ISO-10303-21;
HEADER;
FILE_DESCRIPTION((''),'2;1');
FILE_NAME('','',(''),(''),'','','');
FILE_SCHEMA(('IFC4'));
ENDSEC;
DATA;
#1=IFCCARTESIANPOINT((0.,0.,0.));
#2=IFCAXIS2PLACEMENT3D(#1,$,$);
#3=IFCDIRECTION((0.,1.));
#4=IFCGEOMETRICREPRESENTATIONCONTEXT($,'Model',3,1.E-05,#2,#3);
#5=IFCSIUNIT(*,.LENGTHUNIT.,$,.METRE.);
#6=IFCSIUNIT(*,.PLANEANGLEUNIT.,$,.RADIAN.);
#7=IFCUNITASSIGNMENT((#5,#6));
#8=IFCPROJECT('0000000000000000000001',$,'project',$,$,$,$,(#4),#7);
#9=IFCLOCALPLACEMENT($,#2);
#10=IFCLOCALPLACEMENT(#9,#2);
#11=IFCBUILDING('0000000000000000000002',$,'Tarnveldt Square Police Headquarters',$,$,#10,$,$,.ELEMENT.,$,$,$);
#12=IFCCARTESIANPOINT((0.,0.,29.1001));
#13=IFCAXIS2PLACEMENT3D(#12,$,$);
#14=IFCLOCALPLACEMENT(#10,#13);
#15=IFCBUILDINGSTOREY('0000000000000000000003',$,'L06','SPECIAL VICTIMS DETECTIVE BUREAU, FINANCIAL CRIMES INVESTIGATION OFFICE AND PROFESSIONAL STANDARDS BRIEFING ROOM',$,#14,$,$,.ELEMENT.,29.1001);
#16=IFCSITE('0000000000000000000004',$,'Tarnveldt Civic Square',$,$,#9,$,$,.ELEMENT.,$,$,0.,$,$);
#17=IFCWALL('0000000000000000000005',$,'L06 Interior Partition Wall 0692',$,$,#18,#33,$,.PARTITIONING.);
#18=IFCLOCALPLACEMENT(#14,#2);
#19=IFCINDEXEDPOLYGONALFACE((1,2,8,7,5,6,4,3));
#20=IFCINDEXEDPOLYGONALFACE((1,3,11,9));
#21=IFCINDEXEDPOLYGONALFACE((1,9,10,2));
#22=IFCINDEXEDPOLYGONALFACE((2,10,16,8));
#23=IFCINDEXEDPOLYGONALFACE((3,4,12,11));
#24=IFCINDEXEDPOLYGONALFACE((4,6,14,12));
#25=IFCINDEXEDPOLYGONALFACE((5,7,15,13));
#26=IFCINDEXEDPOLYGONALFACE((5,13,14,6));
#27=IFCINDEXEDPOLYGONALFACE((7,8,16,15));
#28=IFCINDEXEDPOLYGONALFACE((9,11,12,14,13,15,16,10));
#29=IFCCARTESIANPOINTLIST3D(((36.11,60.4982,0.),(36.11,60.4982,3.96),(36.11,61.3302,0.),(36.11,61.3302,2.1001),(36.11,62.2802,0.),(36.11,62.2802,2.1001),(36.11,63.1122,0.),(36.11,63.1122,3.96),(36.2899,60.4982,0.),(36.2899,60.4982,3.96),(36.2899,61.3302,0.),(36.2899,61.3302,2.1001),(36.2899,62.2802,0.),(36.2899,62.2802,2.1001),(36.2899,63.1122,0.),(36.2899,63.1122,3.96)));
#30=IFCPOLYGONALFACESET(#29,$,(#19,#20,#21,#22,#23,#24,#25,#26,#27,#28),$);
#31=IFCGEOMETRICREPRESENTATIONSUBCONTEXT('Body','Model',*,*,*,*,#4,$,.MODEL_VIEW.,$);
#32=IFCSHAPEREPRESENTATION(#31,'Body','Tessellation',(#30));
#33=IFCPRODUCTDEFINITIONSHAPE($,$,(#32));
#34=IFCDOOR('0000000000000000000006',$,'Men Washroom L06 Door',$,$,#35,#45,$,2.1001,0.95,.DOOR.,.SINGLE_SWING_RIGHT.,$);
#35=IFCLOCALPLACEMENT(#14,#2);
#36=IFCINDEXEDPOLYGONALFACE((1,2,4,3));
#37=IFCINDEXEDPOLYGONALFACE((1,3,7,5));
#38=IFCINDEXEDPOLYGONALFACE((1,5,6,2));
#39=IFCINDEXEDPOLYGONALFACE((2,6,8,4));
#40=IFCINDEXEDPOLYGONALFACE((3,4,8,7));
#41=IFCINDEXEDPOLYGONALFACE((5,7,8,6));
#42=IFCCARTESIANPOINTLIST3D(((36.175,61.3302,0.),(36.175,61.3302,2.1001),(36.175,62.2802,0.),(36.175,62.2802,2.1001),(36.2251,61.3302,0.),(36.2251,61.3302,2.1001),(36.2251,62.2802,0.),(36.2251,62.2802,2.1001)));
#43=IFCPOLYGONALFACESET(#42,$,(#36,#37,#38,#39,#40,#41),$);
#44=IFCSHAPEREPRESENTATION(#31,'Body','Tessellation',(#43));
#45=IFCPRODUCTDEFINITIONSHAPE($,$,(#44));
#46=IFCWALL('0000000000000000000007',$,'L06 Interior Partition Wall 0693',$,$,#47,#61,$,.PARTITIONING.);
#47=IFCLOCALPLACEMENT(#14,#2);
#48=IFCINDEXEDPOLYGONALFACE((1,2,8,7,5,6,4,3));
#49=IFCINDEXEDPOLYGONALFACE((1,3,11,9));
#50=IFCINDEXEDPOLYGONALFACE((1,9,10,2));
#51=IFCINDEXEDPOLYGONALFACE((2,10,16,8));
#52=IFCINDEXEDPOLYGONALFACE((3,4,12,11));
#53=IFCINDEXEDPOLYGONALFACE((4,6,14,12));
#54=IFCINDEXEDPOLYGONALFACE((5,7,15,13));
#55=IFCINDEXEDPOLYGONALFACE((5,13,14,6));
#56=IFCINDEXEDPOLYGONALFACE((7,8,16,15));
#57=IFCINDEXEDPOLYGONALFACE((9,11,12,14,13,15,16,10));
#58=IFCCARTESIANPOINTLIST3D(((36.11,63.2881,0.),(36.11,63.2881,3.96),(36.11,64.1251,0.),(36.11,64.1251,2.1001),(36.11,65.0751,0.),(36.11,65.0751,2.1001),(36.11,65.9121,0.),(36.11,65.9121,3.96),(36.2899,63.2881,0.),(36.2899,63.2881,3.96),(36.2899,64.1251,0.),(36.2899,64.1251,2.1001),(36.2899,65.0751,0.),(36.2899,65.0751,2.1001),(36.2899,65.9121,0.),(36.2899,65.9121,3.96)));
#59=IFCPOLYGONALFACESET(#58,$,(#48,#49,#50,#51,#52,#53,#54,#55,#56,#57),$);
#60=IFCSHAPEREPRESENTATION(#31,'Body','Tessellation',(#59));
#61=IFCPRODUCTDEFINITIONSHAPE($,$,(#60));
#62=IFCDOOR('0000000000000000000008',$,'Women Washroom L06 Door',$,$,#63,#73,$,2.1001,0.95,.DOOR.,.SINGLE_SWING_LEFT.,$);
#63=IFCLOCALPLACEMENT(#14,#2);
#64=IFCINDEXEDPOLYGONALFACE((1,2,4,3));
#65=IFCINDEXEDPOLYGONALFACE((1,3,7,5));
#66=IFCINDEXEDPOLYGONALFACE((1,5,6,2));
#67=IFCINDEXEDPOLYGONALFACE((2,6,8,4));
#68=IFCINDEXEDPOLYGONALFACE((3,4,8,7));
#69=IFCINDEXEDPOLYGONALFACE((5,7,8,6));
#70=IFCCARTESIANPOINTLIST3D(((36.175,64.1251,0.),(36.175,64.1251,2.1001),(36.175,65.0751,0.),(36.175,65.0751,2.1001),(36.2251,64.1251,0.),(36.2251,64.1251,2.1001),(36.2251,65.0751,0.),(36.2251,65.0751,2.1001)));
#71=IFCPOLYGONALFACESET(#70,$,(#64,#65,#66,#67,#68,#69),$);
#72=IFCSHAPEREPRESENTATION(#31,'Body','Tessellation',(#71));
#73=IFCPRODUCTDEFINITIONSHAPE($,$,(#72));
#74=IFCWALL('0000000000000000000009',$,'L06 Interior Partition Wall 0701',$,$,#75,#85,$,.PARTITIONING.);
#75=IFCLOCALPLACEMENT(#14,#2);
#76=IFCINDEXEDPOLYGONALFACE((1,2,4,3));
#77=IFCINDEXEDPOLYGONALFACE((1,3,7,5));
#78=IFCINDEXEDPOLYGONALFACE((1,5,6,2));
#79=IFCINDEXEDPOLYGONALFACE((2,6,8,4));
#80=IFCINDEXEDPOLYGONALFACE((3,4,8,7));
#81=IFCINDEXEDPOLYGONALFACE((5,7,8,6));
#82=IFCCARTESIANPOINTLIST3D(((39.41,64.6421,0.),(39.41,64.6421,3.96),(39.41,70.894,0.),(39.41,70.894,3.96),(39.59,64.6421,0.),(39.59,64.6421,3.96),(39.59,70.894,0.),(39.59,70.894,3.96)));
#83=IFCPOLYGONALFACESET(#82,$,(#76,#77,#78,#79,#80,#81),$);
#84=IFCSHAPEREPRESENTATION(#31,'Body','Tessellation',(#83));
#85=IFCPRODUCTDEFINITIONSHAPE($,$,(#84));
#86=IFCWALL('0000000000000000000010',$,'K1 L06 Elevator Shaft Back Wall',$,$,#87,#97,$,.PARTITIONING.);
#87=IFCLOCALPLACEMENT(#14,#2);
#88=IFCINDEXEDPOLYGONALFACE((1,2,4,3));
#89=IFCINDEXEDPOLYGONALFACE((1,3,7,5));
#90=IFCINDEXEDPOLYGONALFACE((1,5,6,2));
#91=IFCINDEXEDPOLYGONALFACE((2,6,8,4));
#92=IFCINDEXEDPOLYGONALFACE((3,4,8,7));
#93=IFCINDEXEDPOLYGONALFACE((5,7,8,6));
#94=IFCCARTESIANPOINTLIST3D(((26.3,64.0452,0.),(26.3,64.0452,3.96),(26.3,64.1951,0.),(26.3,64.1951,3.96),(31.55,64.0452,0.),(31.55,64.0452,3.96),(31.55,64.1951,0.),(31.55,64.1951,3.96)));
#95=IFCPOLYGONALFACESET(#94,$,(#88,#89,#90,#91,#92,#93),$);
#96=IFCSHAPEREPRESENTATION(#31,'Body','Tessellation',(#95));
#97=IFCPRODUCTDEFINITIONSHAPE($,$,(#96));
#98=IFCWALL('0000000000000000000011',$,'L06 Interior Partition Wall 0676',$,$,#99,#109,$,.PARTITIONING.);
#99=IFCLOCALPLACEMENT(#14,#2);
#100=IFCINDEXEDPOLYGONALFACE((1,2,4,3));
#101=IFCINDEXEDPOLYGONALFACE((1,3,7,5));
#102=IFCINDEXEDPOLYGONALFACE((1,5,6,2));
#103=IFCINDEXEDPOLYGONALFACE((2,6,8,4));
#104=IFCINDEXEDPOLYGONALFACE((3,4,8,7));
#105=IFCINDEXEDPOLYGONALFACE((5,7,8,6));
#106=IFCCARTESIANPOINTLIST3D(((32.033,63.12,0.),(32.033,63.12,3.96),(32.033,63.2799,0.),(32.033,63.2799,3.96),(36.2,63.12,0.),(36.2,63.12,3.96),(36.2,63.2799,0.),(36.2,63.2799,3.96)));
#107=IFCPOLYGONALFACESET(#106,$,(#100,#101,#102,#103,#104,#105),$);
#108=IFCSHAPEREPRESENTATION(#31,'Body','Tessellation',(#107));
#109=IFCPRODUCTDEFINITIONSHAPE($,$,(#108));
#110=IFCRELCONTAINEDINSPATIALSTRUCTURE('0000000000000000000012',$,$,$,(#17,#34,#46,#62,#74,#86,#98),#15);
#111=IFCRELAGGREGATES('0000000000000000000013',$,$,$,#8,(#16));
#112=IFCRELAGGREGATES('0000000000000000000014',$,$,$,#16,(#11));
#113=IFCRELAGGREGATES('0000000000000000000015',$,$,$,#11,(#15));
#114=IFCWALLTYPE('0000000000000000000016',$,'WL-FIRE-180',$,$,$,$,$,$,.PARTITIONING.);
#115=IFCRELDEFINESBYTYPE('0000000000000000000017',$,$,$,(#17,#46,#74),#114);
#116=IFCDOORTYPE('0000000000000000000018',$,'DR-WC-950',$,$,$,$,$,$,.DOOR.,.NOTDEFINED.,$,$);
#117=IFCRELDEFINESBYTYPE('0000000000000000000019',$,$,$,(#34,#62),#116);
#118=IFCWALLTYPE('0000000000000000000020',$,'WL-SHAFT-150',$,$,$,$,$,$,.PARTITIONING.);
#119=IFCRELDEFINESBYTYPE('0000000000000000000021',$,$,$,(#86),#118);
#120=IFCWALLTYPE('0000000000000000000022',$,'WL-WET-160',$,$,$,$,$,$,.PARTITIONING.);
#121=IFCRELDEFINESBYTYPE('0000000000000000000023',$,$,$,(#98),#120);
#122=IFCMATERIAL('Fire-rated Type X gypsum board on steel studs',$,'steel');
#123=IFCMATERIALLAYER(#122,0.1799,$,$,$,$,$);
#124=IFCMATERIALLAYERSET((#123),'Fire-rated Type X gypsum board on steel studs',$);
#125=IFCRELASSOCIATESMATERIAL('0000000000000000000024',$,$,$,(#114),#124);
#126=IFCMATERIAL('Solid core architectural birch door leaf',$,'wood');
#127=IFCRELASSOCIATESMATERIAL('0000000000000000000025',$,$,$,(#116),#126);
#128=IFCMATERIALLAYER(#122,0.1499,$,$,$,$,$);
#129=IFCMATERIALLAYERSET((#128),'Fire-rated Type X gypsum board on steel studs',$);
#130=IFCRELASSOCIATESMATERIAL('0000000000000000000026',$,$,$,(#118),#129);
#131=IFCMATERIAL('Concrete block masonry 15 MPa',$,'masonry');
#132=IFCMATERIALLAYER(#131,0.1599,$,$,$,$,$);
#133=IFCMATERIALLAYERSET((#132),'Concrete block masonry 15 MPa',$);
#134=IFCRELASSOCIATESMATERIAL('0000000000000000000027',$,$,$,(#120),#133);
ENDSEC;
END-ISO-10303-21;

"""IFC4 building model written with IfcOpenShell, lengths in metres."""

from ifc_helpers import new_model, si_unit, direction, frame, frame_2d, origin, place, context, subcontext, project, spatial, rectangle, extrude, material, layer, layer_set, type_object, element, fill, save


model = new_model("IFC4")

# Units and contexts
model_context = context("Model", 3, precision=1e-05, world=origin(), true_north=direction((0.0, 1.0)))
body_context = subcontext(model_context, "Body", "Model", "MODEL_VIEW")
ifc_project = project(units=[si_unit("LENGTHUNIT", "METRE"), si_unit("PLANEANGLEUNIT", "RADIAN")], contexts=[model_context])

# Site, building, storey
site_placement = place(None, origin())
site = spatial("IfcSite", under=ifc_project, at=site_placement, Name="Tarnveldt Civic Square", CompositionType="ELEMENT", RefElevation=0.0)
building_placement = place(site_placement, origin())
building = spatial("IfcBuilding", under=site, at=building_placement, Name="Tarnveldt Square Police Headquarters", CompositionType="ELEMENT")
storey_placement = place(building_placement, frame((0.0, 0.0, 29.1001)))
storey = spatial("IfcBuildingStorey", under=building, at=storey_placement, Name="L06", Description="SPECIAL VICTIMS DETECTIVE BUREAU, FINANCIAL CRIMES INVESTIGATION OFFICE AND PROFESSIONAL STANDARDS BRIEFING ROOM", CompositionType="ELEMENT", Elevation=29.1001)

# Shared definitions
ifc_material_1 = material(Name="Fire-rated Type X gypsum board on steel studs", Category="steel")
ifc_layer_1 = layer(ifc_material_1, 0.1799)
ifc_layer_set_1 = layer_set([ifc_layer_1], Name="Fire-rated Type X gypsum board on steel studs")
wall_type_1 = type_object("IfcWallType", Name="WL-FIRE-180", PredefinedType="PARTITIONING", material=ifc_layer_set_1)

# Walls, openings, doors
wall_1_placement = place(storey_placement, frame((36.2, 60.498, 0.0), z_axis=(0.0, 0.0, 1.0), x_axis=(0.0, 1.0, 0.0)))
wall_1 = element("IfcWall", 1, at=wall_1_placement, inside=storey, type_object=wall_type_1, Name="L06 Interior Partition Wall 0692", PredefinedType="PARTITIONING", context=body_context, shape_type="SweptSolid", body=[
    extrude(rectangle(XDim=2.614, YDim=0.1799, at=frame_2d((1.3071, 0.0))), origin(), (0.0, 0.0, 1.0), 3.96),
])
opening_1_placement = place(wall_1_placement, frame((0.832, 0.0, 0.0)))
opening_1 = element("IfcOpeningElement", 2, at=opening_1_placement, cuts=wall_1, PredefinedType="OPENING", context=body_context, shape_type="SweptSolid", body=[
    extrude(rectangle(XDim=0.95, YDim=2.1001, at=frame_2d((0.4751, 1.05))), frame((0.0, 0.0999, 0.0), z_axis=(0.0, -1.0, 0.0), x_axis=(1.0, 0.0, 0.0)), (0.0, 0.0, 1.0), 0.2),
])
ifc_material_2 = material(Name="Solid core architectural birch door leaf", Category="wood")
door_type = type_object("IfcDoorType", Name="DR-WC-950", OperationType="NOTDEFINED", PredefinedType="DOOR", material=ifc_material_2)
door_1_placement = place(opening_1_placement, origin())
door_1 = element("IfcDoor", 3, at=door_1_placement, inside=storey, type_object=door_type, Name="Men Washroom L06 Door", OperationType="SINGLE_SWING_RIGHT", OverallHeight=2.1001, OverallWidth=0.95, PredefinedType="DOOR", context=body_context, shape_type="SweptSolid", body=[
    extrude(rectangle(XDim=0.95, YDim=2.1001, at=frame_2d((0.4751, 1.05))), frame((0.0, 0.0249, 0.0), z_axis=(0.0, -1.0, 0.0), x_axis=(1.0, 0.0, 0.0)), (0.0, 0.0, 1.0), 0.05),
])
fill(opening_1, door_1)
wall_2_placement = place(storey_placement, frame((36.2, 63.2881, 0.0), z_axis=(0.0, 0.0, 1.0), x_axis=(0.0, 1.0, 0.0)))
wall_2 = element("IfcWall", 4, at=wall_2_placement, inside=storey, type_object=wall_type_1, Name="L06 Interior Partition Wall 0693", PredefinedType="PARTITIONING", context=body_context, shape_type="SweptSolid", body=[
    extrude(rectangle(XDim=2.624, YDim=0.1799, at=frame_2d((1.312, 0.0))), origin(), (0.0, 0.0, 1.0), 3.96),
])
opening_2_placement = place(wall_2_placement, frame((0.8369, 0.0, 0.0)))
opening_2 = element("IfcOpeningElement", 5, at=opening_2_placement, cuts=wall_2, PredefinedType="OPENING", context=body_context, shape_type="SweptSolid", body=[
    extrude(rectangle(XDim=0.95, YDim=2.1001, at=frame_2d((0.4751, 1.05))), frame((0.0, 0.0999, 0.0), z_axis=(0.0, -1.0, 0.0), x_axis=(1.0, 0.0, 0.0)), (0.0, 0.0, 1.0), 0.2),
])
door_2_placement = place(opening_2_placement, origin())
door_2 = element("IfcDoor", 6, at=door_2_placement, inside=storey, type_object=door_type, Name="Women Washroom L06 Door", OperationType="SINGLE_SWING_LEFT", OverallHeight=2.1001, OverallWidth=0.95, PredefinedType="DOOR", context=body_context, shape_type="SweptSolid", body=[
    extrude(rectangle(XDim=0.95, YDim=2.1001, at=frame_2d((0.4751, 1.05))), frame((0.0, 0.0249, 0.0), z_axis=(0.0, -1.0, 0.0), x_axis=(1.0, 0.0, 0.0)), (0.0, 0.0, 1.0), 0.05),
])
fill(opening_2, door_2)

# Walls
wall_3_placement = place(storey_placement, frame((39.5, 64.6421, 0.0), z_axis=(0.0, 0.0, 1.0), x_axis=(0.0, 1.0, 0.0)))
element("IfcWall", 7, at=wall_3_placement, inside=storey, type_object=wall_type_1, Name="L06 Interior Partition Wall 0701", PredefinedType="PARTITIONING", context=body_context, shape_type="SweptSolid", body=[
    extrude(rectangle(XDim=6.252, YDim=0.1799, at=frame_2d((3.126, 0.0))), origin(), (0.0, 0.0, 1.0), 3.96),
])
ifc_layer_2 = layer(ifc_material_1, 0.1499)
ifc_layer_set_2 = layer_set([ifc_layer_2], Name="Fire-rated Type X gypsum board on steel studs")
wall_type_2 = type_object("IfcWallType", Name="WL-SHAFT-150", PredefinedType="PARTITIONING", material=ifc_layer_set_2)
wall_4_placement = place(storey_placement, frame((26.3, 64.1201, 0.0), z_axis=(0.0, 0.0, 1.0), x_axis=(1.0, 0.0, 0.0)))
element("IfcWall", 8, at=wall_4_placement, inside=storey, type_object=wall_type_2, Name="K1 L06 Elevator Shaft Back Wall", PredefinedType="PARTITIONING", context=body_context, shape_type="SweptSolid", body=[
    extrude(rectangle(XDim=5.25, YDim=0.1499, at=frame_2d((2.625, 0.0))), origin(), (0.0, 0.0, 1.0), 3.96),
])
ifc_material_3 = material(Name="Concrete block masonry 15 MPa", Category="masonry")
ifc_layer_3 = layer(ifc_material_3, 0.1599)
ifc_layer_set_3 = layer_set([ifc_layer_3], Name="Concrete block masonry 15 MPa")
wall_type_3 = type_object("IfcWallType", Name="WL-WET-160", PredefinedType="PARTITIONING", material=ifc_layer_set_3)
wall_5_placement = place(storey_placement, frame((32.033, 63.2, 0.0), z_axis=(0.0, 0.0, 1.0), x_axis=(1.0, 0.0, 0.0)))
element("IfcWall", 9, at=wall_5_placement, inside=storey, type_object=wall_type_3, Name="L06 Interior Partition Wall 0676", PredefinedType="PARTITIONING", context=body_context, shape_type="SweptSolid", body=[
    extrude(rectangle(XDim=4.167, YDim=0.1599, at=frame_2d((2.0835, 0.0))), origin(), (0.0, 0.0, 1.0), 3.96),
])

save(model, "model.ifc")
